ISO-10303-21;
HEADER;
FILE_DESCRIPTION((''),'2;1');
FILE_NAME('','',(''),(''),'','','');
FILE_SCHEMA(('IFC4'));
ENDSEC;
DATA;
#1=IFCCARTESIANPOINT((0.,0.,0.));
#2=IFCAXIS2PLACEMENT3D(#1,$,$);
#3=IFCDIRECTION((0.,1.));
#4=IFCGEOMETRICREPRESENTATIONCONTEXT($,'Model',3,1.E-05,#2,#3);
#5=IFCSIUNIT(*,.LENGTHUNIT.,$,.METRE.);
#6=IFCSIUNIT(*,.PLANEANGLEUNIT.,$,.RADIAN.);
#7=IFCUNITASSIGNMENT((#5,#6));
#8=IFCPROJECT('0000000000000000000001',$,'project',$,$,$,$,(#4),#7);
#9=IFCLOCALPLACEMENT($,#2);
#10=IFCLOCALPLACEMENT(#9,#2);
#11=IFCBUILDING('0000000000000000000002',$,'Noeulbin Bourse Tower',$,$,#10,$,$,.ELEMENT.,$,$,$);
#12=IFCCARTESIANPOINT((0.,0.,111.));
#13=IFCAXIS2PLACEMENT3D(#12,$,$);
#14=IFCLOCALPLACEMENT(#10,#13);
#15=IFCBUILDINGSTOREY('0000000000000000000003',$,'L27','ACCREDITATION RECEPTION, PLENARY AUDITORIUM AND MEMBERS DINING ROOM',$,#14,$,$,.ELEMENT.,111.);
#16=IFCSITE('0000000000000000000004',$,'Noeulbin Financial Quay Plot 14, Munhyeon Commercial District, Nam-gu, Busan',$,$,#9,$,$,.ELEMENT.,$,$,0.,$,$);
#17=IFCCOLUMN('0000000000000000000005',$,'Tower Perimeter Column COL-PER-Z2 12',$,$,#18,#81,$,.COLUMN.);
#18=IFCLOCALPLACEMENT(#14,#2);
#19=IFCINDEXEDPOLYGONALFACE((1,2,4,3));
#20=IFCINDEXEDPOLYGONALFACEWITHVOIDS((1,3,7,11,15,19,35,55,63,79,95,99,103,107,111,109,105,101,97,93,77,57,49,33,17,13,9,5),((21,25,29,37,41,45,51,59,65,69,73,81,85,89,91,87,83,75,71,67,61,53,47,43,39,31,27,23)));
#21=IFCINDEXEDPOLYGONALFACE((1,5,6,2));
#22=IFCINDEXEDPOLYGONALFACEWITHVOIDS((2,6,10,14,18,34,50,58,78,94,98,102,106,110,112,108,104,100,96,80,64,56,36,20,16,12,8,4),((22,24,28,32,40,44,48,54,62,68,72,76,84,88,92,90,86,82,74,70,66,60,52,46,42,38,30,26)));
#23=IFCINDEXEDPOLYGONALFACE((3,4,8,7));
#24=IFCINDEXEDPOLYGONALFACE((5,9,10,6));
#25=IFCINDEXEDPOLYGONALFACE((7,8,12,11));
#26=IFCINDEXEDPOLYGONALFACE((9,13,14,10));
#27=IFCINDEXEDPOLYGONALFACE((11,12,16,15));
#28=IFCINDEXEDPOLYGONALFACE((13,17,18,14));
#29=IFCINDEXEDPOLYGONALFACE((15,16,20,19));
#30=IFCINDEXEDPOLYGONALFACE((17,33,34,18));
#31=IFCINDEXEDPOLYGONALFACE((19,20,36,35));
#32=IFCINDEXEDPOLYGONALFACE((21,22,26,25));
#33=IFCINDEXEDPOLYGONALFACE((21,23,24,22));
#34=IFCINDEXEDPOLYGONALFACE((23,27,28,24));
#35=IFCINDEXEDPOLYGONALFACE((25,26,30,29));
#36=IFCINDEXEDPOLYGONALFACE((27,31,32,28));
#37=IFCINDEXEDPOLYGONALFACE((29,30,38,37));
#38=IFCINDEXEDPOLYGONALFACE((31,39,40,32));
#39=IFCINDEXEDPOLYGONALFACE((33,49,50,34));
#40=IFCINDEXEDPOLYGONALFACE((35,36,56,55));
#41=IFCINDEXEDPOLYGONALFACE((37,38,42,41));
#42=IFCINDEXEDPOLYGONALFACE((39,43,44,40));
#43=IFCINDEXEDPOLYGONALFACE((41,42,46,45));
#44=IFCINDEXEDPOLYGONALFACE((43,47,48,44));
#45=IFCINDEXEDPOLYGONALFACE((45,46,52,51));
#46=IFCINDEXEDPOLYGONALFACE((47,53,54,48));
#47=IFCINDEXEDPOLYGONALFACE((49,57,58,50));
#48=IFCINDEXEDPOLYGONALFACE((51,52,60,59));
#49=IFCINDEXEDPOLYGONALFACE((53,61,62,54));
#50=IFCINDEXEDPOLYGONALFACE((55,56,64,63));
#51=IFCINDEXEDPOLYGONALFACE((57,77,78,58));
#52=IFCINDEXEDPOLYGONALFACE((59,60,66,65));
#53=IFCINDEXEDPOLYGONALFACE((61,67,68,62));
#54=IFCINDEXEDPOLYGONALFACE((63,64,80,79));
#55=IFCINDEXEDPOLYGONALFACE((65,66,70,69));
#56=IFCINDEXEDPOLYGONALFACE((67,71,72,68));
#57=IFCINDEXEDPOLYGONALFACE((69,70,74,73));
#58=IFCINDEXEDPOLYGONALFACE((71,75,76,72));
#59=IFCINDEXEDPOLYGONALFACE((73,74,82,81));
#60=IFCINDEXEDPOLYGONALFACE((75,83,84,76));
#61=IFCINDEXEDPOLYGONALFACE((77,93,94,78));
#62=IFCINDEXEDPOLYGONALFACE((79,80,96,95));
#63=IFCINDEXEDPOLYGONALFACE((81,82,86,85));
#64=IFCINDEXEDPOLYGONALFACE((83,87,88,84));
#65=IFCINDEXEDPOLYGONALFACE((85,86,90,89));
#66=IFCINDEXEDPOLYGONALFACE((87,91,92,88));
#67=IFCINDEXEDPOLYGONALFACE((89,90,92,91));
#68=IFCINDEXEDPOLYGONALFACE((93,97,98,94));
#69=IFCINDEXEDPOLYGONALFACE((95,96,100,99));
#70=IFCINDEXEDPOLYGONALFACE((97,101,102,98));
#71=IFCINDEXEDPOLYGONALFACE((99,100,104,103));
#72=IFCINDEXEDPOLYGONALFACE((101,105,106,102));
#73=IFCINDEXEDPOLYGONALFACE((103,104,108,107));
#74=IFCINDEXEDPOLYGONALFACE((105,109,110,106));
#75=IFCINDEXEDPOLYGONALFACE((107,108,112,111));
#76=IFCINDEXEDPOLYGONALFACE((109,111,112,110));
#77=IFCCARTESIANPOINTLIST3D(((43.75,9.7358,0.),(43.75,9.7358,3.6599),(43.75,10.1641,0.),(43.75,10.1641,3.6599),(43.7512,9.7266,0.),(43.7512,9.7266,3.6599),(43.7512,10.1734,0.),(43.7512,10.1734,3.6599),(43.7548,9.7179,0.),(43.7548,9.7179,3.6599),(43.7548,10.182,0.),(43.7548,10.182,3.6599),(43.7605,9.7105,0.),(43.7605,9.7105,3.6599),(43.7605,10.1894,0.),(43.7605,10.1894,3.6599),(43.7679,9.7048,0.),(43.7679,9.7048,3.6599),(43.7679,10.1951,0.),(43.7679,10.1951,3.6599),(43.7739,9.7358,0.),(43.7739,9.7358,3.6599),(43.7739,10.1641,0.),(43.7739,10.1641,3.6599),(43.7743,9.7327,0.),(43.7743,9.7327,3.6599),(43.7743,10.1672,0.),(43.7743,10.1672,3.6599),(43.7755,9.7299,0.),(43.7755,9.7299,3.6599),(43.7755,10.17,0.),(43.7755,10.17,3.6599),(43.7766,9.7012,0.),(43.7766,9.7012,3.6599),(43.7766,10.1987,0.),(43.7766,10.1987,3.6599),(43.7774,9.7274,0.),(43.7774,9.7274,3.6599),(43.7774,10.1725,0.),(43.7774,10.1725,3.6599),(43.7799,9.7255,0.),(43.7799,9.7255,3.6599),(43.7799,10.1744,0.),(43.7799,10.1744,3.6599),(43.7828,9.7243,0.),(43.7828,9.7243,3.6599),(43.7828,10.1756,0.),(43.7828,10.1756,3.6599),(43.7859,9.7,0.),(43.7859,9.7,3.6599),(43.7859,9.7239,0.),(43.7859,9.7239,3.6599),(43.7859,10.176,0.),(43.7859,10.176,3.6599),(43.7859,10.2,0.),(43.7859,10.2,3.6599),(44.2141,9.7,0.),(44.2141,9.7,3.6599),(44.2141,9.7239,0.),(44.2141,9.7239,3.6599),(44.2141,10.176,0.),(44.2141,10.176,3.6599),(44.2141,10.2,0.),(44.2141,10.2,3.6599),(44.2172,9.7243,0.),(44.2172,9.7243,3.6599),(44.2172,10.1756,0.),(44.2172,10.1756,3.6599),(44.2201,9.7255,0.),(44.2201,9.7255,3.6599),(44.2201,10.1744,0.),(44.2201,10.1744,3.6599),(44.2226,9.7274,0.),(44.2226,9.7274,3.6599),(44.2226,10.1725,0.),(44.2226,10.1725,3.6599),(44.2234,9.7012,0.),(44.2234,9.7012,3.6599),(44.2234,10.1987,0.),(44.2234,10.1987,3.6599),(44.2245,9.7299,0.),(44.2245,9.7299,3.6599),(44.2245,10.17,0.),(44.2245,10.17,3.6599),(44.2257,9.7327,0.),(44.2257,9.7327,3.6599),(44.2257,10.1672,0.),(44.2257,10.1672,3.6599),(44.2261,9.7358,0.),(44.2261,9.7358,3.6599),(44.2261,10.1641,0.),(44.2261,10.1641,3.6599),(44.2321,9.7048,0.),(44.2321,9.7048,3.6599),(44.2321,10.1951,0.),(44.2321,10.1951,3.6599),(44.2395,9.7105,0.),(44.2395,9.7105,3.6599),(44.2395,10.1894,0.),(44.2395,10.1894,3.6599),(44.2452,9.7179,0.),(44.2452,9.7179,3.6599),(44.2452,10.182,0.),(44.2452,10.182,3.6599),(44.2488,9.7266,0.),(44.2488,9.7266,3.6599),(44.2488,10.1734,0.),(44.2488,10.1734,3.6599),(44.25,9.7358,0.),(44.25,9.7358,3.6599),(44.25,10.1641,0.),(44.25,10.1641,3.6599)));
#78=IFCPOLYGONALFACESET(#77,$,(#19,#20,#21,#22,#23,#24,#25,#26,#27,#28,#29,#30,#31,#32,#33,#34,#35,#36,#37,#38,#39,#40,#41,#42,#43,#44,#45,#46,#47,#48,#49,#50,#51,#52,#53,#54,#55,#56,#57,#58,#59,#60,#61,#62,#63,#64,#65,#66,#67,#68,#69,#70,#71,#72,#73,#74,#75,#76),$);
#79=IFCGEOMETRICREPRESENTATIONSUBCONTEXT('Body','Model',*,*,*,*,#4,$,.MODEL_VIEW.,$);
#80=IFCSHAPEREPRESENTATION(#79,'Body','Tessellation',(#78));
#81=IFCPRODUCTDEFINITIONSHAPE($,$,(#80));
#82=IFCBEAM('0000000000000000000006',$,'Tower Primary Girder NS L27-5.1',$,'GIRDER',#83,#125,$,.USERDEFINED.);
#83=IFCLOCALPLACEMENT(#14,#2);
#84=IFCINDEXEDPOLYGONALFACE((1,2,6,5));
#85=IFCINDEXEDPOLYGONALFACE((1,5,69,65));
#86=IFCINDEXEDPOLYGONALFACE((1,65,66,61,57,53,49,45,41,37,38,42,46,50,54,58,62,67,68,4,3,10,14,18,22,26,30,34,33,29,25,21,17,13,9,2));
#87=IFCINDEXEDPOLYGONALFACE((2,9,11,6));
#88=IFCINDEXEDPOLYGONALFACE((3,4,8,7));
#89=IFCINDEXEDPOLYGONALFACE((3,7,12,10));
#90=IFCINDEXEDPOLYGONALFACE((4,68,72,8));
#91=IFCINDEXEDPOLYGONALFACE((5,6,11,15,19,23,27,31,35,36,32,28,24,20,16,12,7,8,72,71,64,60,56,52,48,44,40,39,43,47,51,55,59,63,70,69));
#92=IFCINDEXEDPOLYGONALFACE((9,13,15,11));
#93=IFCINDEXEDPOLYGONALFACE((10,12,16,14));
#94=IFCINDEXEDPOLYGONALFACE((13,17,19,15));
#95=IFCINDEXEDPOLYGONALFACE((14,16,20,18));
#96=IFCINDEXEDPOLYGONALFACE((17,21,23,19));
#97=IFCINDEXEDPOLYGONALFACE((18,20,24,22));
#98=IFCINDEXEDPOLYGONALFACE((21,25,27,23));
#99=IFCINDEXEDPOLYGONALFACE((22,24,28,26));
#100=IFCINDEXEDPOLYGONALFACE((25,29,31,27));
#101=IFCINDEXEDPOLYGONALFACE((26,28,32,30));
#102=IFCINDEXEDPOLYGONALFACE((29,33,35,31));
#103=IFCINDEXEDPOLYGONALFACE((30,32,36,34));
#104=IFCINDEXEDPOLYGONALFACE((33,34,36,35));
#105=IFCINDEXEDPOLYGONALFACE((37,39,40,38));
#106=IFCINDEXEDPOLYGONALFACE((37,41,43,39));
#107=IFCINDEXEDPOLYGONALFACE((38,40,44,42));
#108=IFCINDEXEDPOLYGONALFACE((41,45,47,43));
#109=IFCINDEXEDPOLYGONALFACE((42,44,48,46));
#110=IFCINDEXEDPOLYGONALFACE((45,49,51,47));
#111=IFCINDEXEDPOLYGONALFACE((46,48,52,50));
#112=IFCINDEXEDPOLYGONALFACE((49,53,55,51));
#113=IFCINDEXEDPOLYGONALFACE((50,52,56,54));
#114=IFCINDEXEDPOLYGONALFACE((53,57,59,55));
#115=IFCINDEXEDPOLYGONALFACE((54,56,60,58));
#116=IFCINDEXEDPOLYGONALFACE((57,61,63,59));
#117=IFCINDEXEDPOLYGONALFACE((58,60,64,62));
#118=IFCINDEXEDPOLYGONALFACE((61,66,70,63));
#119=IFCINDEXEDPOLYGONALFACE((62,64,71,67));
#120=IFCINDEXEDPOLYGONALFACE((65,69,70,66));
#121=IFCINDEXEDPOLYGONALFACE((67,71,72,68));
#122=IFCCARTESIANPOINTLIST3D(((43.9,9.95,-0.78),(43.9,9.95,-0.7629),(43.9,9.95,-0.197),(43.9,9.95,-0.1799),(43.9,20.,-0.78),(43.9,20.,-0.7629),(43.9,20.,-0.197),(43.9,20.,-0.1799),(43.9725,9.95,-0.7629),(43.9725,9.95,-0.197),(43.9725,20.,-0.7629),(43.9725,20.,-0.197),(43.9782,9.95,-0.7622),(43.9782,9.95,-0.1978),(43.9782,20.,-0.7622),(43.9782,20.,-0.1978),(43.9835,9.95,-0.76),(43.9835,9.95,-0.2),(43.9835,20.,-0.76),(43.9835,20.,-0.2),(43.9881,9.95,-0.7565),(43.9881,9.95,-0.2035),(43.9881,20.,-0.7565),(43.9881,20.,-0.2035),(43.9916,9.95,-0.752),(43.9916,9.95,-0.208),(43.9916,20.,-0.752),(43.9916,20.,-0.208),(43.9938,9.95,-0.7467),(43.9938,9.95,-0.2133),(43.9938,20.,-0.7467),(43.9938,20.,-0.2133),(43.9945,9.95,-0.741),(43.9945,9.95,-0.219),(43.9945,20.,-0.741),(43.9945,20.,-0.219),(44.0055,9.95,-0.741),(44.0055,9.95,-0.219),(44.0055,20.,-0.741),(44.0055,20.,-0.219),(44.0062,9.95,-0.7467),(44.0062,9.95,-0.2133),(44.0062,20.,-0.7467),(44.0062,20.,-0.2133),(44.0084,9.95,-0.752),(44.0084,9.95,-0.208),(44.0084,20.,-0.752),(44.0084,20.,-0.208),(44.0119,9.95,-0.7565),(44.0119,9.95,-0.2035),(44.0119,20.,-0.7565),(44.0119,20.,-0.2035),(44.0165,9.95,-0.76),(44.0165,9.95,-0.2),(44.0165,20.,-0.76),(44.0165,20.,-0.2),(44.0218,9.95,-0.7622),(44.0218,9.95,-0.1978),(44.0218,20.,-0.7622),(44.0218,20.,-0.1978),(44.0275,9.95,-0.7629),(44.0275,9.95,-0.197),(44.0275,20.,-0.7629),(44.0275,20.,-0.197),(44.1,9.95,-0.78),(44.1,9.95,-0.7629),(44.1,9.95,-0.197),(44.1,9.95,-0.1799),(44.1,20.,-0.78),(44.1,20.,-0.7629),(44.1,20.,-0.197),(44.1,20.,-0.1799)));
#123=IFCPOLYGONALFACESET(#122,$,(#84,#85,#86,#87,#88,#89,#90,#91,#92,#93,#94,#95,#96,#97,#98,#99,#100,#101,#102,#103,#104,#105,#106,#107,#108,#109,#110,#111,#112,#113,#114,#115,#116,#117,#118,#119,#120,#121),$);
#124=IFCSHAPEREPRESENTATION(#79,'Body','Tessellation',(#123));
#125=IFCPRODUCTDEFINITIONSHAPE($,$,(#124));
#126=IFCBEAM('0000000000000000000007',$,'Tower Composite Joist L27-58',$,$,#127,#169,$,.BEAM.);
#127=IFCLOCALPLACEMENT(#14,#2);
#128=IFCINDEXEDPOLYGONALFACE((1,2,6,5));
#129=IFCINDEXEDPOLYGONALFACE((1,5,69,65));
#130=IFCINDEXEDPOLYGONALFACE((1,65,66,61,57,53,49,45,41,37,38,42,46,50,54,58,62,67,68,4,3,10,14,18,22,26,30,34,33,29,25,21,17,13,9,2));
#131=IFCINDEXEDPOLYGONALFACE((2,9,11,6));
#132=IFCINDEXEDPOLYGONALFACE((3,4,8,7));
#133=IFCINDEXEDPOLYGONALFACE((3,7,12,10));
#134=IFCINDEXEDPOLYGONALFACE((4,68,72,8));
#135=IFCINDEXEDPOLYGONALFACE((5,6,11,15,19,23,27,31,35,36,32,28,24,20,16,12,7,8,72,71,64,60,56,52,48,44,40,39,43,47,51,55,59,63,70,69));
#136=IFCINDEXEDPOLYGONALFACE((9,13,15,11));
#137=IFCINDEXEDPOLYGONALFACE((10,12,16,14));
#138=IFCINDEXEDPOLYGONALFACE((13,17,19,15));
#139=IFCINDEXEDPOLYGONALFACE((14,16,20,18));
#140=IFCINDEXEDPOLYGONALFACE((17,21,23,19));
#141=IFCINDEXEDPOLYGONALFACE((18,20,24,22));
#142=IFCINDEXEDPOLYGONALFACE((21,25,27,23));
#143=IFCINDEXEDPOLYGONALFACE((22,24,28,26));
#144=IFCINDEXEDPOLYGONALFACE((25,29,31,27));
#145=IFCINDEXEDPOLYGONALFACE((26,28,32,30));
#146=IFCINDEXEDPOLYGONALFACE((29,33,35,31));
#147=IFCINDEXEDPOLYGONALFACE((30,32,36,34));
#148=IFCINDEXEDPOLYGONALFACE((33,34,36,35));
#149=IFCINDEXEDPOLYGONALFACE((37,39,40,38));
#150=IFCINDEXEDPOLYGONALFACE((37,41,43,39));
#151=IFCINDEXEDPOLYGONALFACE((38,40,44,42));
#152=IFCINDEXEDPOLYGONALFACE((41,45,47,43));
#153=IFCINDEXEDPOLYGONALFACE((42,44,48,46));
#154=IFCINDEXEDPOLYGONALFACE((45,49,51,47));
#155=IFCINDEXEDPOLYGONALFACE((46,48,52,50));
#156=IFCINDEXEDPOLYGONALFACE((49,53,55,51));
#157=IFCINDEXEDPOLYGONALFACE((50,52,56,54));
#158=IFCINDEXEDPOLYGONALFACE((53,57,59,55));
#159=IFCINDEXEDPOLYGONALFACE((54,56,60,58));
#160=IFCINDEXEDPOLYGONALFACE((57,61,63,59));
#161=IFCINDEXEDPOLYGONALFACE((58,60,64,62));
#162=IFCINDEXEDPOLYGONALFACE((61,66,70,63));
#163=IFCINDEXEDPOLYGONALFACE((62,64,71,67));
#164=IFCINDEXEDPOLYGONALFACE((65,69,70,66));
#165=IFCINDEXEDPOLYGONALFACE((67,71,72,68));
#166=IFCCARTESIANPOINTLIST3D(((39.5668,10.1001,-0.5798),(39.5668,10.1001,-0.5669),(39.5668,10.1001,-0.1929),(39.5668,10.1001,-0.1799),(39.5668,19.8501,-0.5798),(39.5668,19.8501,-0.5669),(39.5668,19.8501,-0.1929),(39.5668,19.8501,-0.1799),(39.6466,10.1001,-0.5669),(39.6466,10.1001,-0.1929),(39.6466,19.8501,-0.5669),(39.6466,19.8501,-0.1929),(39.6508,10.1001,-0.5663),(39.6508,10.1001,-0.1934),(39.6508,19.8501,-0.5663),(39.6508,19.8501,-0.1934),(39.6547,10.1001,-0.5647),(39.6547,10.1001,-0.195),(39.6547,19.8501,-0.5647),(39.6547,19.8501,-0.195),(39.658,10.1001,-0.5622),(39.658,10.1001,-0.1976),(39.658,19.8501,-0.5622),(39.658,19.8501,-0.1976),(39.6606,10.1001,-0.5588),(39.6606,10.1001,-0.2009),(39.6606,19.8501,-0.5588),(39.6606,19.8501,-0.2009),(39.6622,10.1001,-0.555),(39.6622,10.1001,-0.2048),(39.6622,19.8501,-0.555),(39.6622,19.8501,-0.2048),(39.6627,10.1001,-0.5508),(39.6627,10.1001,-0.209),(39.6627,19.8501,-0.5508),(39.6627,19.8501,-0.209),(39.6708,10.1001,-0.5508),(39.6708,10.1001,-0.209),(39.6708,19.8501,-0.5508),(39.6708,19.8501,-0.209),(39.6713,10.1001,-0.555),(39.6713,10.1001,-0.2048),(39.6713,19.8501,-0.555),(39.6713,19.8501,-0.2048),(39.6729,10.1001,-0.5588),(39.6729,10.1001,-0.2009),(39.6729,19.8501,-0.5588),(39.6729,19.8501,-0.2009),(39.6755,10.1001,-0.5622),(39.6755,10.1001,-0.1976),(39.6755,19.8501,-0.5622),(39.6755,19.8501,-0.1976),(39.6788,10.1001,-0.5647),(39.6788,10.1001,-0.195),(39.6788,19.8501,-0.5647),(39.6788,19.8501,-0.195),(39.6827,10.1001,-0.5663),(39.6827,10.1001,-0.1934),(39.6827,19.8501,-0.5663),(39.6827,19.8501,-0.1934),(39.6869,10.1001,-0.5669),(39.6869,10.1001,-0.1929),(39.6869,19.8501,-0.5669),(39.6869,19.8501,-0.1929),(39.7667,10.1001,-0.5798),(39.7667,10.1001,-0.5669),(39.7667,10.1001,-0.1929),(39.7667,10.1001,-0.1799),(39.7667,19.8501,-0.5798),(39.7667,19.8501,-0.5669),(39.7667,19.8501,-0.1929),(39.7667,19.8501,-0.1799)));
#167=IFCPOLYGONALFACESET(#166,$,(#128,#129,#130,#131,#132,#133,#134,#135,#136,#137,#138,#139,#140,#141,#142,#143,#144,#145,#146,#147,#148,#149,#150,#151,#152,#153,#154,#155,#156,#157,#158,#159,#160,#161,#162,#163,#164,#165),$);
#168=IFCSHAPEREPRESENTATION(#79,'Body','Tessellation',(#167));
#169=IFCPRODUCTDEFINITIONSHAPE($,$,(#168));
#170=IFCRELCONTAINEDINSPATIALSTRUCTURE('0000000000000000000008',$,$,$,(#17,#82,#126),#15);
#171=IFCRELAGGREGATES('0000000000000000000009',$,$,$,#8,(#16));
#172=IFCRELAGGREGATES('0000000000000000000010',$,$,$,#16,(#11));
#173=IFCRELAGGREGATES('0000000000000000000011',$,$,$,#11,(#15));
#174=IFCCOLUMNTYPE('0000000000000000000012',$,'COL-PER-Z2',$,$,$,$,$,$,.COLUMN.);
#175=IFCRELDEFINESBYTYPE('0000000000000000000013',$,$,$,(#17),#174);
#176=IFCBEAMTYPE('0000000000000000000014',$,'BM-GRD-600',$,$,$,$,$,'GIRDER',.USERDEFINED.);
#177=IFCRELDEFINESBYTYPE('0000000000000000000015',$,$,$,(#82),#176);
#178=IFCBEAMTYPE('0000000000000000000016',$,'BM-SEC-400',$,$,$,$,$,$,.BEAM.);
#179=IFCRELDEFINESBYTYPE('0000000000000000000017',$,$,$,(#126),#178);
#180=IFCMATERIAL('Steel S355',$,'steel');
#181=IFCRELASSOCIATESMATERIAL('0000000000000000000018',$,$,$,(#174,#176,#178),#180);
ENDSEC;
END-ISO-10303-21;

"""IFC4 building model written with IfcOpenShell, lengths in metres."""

from ifc_helpers import new_model, si_unit, direction, frame, origin, origin_2d, place, context, subcontext, project, spatial, hollow_rectangle, i_section, extrude, material, material_profile, profile_set, type_object, element, save


model = new_model("IFC4")

# Units and contexts
model_context = context("Model", 3, precision=1e-05, world=origin(), true_north=direction((0.0, 1.0)))
body_context = subcontext(model_context, "Body", "Model", "MODEL_VIEW")
ifc_project = project(units=[si_unit("LENGTHUNIT", "METRE"), si_unit("PLANEANGLEUNIT", "RADIAN")], contexts=[model_context])

# Site, building, storey
site_placement = place(None, origin())
site = spatial("IfcSite", under=ifc_project, at=site_placement, Name="Noeulbin Financial Quay Plot 14, Munhyeon Commercial District, Nam-gu, Busan", CompositionType="ELEMENT", RefElevation=0.0)
building_placement = place(site_placement, origin())
building = spatial("IfcBuilding", under=site, at=building_placement, Name="Noeulbin Bourse Tower", CompositionType="ELEMENT")
storey_placement = place(building_placement, frame((0.0, 0.0, 111.0)))
storey = spatial("IfcBuildingStorey", under=building, at=storey_placement, Name="L27", Description="ACCREDITATION RECEPTION, PLENARY AUDITORIUM AND MEMBERS DINING ROOM", CompositionType="ELEMENT", Elevation=111.0)

# Column
ifc_material_1 = material(Name="Steel S355", Category="steel")
ifc_material_profile_1 = material_profile(ifc_material_1, hollow_rectangle(XDim=0.5, YDim=0.5, WallThickness=0.0239, InnerFilletRadius=0.012, OuterFilletRadius=0.0359, at=origin_2d()), Name="BOX-500x500x24", Category="LoadBearing")
ifc_profile_set_1 = profile_set([ifc_material_profile_1], Name="Steel S355")
column_type = type_object("IfcColumnType", Name="COL-PER-Z2", PredefinedType="COLUMN", material=ifc_profile_set_1)
column_placement = place(storey_placement, frame((44.0, 9.95, 0.0), z_axis=(0.0, 0.0, 1.0), x_axis=(1.0, 0.0, 0.0)))
element("IfcColumn", 1, at=column_placement, inside=storey, type_object=column_type, Name="Tower Perimeter Column COL-PER-Z2 12", PredefinedType="COLUMN", context=body_context, shape_type="SweptSolid", body=[
    extrude(hollow_rectangle(XDim=0.5, YDim=0.5, WallThickness=0.0239, InnerFilletRadius=0.012, OuterFilletRadius=0.0359, at=origin_2d()), origin(), (0.0, 0.0, 1.0), 3.6599),
])

# Beams
ifc_material_profile_2 = material_profile(ifc_material_1, i_section(OverallWidth=0.2, OverallDepth=0.6001, WebThickness=0.011, FlangeThickness=0.0171, FilletRadius=0.022, at=origin_2d()), Name="H-600x200x11x17", Category="LoadBearing")
ifc_profile_set_2 = profile_set([ifc_material_profile_2], Name="Steel S355")
beam_type_1 = type_object("IfcBeamType", Name="BM-GRD-600", ElementType="GIRDER", PredefinedType="USERDEFINED", material=ifc_profile_set_2)
beam_placement = place(storey_placement, frame((44.0, 9.95, -0.48), z_axis=(0.0, 1.0, 0.0), x_axis=(-1.0, 0.0, 0.0)))
element("IfcBeam", 2, at=beam_placement, inside=storey, type_object=beam_type_1, Name="Tower Primary Girder NS L27-5.1", ObjectType="GIRDER", PredefinedType="USERDEFINED", context=body_context, shape_type="SweptSolid", body=[
    extrude(i_section(OverallWidth=0.2, OverallDepth=0.6001, WebThickness=0.011, FlangeThickness=0.0171, FilletRadius=0.022, at=origin_2d()), origin(), (0.0, 0.0, 1.0), 10.05),
])
ifc_material_profile_3 = material_profile(ifc_material_1, i_section(OverallWidth=0.2, OverallDepth=0.3999, WebThickness=0.0081, FlangeThickness=0.0129, FilletRadius=0.0161, at=origin_2d()), Name="H-400x200x8x13", Category="LoadBearing")
ifc_profile_set_3 = profile_set([ifc_material_profile_3], Name="Steel S355")
beam_type_2 = type_object("IfcBeamType", Name="BM-SEC-400", PredefinedType="BEAM", material=ifc_profile_set_3)
for number, where, z_axis, x_axis, name in (
    (3, (39.6667, 10.1001, -0.3799), (0.0, 1.0, 0.0), (-1.0, 0.0, 0.0), "Tower Composite Joist L27-58"),
):
    element("IfcBeam", number, at=place(storey_placement, frame(where, z_axis=z_axis, x_axis=x_axis)), inside=storey, type_object=beam_type_2, Name=name, PredefinedType="BEAM", context=body_context, shape_type="SweptSolid", body=[
        extrude(i_section(OverallWidth=0.2, OverallDepth=0.3999, WebThickness=0.0081, FlangeThickness=0.0129, FilletRadius=0.0161, at=origin_2d()), origin(), (0.0, 0.0, 1.0), 9.75),
    ])

save(model, "model.ifc")
